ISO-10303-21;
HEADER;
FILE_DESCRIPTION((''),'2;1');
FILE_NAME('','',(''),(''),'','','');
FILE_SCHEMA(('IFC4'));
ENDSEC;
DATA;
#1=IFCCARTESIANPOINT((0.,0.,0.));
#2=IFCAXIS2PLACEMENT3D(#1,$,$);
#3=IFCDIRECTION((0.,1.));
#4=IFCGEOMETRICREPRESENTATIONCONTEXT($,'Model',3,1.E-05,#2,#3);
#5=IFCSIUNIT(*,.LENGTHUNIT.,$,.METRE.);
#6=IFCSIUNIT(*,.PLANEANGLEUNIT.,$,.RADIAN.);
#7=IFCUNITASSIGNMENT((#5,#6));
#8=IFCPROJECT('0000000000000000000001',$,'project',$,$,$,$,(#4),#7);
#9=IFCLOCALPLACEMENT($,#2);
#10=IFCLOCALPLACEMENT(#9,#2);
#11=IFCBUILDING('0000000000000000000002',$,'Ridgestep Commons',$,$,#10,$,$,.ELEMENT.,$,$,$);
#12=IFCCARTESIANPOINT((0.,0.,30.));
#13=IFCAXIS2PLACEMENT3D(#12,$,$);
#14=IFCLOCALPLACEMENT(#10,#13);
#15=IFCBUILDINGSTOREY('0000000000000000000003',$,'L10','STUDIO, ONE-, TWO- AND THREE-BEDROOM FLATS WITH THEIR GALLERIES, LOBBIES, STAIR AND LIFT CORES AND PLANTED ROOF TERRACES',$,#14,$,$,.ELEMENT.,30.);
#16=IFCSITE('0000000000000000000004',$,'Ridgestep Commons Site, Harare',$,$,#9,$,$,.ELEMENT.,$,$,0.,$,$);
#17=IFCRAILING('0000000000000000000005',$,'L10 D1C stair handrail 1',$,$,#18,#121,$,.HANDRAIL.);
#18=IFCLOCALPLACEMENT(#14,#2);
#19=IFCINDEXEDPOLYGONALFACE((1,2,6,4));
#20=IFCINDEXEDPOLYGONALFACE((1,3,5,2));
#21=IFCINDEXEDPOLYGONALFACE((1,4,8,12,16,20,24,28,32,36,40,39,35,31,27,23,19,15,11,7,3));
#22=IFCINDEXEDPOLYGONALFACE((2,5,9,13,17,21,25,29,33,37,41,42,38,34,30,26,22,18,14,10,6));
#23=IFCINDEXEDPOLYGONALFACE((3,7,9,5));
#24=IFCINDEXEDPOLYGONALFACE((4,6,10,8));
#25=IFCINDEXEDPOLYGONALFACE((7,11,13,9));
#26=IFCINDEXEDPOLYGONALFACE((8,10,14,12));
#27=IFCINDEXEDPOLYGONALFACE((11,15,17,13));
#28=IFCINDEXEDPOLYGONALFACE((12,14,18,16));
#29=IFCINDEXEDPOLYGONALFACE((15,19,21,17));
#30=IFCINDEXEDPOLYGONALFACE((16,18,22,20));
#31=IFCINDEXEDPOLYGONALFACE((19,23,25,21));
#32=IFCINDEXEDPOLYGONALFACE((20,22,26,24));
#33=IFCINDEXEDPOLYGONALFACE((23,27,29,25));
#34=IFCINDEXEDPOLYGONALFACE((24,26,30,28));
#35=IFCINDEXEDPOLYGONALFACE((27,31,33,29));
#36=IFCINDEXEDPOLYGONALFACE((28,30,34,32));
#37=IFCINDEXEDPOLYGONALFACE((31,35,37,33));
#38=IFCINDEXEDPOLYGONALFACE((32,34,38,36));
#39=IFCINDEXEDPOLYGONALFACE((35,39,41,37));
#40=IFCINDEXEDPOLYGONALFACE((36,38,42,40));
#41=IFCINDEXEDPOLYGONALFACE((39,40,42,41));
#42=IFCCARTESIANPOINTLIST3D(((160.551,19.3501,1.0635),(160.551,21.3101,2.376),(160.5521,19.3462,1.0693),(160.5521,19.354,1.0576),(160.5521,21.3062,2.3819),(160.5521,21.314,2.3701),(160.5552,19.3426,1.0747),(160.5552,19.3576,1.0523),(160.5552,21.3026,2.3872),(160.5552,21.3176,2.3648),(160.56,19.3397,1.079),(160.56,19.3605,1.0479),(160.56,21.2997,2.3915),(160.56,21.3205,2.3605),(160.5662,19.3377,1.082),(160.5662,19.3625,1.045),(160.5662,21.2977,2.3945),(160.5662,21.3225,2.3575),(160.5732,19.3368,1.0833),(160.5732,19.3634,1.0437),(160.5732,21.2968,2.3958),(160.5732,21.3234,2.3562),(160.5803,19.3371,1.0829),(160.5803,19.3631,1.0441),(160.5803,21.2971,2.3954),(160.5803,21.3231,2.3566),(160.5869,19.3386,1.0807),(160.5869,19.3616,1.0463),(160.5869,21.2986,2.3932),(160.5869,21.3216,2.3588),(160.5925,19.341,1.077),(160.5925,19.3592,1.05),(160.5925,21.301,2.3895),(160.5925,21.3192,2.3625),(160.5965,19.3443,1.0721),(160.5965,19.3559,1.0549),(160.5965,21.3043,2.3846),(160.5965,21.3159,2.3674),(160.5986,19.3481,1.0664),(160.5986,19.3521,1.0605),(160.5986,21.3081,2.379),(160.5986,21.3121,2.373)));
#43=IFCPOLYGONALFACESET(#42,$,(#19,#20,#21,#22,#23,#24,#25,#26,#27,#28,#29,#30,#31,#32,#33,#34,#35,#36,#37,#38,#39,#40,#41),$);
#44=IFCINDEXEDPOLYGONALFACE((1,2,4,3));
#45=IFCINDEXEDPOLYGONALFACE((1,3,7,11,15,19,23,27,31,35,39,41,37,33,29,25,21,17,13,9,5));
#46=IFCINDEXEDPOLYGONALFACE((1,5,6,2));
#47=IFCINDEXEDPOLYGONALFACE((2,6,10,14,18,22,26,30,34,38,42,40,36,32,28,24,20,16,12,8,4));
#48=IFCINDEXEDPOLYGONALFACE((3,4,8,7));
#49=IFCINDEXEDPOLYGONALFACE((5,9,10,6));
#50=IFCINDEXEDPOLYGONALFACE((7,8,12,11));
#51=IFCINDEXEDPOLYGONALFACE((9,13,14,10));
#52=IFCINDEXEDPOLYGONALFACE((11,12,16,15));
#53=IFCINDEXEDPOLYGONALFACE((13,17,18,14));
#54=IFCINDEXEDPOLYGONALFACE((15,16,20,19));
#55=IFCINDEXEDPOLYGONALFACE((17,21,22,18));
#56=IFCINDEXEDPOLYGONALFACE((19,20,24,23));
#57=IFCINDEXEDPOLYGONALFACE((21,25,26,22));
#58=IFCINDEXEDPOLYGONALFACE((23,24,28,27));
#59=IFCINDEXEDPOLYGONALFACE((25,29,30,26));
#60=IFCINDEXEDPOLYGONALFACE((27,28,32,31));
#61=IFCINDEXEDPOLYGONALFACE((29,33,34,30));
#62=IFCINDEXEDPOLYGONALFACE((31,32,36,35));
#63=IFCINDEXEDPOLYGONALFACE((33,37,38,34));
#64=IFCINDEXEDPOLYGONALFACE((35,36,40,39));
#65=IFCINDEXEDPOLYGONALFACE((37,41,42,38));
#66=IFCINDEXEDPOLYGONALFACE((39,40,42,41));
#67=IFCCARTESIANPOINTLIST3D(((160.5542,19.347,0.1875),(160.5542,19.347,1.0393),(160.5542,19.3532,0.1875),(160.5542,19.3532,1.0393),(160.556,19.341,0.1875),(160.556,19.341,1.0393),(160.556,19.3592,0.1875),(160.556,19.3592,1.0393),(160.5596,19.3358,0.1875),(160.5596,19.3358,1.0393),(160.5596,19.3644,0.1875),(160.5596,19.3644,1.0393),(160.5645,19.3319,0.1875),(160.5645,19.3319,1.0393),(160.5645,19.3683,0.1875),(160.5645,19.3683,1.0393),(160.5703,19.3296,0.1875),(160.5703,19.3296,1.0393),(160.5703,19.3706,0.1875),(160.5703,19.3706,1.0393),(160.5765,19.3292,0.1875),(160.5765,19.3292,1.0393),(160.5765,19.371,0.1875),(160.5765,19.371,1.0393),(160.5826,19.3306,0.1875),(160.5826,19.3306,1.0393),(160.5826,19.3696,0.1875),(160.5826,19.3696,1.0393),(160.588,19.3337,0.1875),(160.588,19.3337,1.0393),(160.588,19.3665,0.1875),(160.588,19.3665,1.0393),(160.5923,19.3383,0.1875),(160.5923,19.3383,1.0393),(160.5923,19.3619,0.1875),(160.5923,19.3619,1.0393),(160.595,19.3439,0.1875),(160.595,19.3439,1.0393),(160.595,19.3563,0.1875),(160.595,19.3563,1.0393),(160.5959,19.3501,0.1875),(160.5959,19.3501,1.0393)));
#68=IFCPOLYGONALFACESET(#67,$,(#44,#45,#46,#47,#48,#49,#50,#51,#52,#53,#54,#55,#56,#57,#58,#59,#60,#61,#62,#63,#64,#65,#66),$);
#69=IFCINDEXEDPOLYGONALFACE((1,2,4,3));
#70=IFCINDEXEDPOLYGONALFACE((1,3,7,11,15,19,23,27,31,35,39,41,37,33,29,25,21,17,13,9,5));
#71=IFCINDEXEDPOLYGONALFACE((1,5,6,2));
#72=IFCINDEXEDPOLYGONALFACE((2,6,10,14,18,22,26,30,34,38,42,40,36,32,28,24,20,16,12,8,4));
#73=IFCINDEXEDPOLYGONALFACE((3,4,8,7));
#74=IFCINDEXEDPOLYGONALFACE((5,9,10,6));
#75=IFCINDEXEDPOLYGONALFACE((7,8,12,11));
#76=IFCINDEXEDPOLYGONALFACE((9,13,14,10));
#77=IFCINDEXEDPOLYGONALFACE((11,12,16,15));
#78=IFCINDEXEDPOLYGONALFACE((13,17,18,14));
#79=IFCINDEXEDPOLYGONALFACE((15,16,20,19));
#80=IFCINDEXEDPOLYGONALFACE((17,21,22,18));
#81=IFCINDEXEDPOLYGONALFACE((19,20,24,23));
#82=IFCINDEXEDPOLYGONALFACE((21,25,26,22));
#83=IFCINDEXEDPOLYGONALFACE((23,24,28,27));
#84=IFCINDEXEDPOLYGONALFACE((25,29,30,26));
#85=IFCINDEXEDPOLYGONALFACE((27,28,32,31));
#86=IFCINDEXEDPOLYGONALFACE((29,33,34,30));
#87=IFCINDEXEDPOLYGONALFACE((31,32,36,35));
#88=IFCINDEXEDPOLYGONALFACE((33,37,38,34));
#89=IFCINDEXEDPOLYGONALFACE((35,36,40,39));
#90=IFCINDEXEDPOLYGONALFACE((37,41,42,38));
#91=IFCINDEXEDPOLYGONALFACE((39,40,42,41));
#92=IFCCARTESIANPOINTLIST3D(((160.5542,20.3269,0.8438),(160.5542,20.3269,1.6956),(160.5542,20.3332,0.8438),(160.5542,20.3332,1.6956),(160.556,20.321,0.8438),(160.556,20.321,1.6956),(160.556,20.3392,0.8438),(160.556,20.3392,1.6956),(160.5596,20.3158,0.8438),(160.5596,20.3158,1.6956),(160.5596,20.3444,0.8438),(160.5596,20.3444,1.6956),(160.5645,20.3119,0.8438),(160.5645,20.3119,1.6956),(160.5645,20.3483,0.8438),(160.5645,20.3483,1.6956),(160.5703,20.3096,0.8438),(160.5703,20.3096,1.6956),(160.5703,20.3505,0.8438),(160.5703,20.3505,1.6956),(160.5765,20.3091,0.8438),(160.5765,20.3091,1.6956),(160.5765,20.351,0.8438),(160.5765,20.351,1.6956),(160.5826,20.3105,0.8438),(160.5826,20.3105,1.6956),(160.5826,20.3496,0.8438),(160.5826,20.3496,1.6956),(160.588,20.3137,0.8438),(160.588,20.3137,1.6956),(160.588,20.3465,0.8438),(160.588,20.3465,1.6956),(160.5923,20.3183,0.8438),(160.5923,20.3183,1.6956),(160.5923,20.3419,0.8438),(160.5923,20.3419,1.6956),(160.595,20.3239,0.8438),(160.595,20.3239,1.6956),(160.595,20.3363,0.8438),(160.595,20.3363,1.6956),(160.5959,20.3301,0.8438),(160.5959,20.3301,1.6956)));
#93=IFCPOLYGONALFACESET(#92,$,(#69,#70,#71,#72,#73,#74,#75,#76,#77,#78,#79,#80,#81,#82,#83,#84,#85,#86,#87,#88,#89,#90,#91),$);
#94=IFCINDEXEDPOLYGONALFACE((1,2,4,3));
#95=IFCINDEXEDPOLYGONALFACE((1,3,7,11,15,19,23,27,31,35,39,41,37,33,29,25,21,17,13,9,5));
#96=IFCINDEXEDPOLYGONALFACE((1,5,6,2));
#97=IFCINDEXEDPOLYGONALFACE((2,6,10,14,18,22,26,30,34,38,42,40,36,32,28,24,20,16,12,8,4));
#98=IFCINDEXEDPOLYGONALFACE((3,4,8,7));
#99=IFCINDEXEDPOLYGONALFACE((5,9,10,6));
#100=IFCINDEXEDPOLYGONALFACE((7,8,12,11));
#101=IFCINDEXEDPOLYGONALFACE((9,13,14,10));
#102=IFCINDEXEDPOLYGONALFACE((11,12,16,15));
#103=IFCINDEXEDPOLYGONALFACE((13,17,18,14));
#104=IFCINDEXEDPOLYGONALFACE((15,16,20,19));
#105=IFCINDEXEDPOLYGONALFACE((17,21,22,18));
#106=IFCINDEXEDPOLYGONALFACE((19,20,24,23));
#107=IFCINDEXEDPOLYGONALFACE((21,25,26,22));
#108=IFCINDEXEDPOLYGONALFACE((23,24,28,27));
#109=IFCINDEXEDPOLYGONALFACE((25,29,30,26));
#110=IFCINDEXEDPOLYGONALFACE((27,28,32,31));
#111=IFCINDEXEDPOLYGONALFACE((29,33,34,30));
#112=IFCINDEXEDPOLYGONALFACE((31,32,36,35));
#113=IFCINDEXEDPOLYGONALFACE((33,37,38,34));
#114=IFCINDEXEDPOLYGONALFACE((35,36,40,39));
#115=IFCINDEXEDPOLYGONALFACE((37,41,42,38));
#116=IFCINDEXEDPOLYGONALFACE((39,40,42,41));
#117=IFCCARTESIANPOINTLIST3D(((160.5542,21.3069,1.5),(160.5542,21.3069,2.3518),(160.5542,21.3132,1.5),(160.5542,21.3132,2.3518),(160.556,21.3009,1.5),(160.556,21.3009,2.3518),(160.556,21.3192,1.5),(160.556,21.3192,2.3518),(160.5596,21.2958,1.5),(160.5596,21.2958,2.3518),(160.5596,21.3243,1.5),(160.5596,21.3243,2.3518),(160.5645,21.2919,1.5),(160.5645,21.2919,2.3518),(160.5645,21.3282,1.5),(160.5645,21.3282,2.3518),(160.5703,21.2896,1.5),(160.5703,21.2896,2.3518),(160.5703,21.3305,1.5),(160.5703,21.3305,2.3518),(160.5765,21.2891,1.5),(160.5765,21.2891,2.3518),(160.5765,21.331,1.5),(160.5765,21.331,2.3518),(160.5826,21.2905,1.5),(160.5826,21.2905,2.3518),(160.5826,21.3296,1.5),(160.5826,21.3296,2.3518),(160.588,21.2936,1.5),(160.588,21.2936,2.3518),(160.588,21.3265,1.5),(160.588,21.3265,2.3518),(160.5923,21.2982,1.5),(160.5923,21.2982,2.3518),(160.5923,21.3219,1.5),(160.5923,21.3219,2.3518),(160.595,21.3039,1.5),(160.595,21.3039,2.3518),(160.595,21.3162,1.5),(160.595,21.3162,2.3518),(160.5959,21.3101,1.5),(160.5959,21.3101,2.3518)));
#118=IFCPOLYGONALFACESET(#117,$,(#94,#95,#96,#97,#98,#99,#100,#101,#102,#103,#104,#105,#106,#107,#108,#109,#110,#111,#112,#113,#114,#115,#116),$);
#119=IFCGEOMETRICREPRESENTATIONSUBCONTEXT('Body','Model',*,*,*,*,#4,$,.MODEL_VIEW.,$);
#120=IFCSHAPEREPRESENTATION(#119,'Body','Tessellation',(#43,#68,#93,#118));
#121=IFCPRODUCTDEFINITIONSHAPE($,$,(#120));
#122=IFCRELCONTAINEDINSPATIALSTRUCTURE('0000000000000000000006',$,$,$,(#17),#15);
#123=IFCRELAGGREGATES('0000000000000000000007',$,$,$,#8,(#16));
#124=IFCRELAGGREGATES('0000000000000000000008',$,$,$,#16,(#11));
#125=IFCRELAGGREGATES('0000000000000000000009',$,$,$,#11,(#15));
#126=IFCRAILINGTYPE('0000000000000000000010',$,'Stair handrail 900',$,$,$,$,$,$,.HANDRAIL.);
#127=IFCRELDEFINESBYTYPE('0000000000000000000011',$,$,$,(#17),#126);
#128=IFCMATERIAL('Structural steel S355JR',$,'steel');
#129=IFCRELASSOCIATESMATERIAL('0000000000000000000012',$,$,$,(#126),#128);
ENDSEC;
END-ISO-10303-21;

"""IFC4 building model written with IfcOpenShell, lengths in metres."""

from ifc_helpers import new_model, si_unit, direction, frame, origin, origin_2d, place, context, subcontext, project, spatial, circle, extrude, material, type_object, element, save


model = new_model("IFC4")

# Units and contexts
model_context = context("Model", 3, precision=1e-05, world=origin(), true_north=direction((0.0, 1.0)))
body_context = subcontext(model_context, "Body", "Model", "MODEL_VIEW")
ifc_project = project(units=[si_unit("LENGTHUNIT", "METRE"), si_unit("PLANEANGLEUNIT", "RADIAN")], contexts=[model_context])

# Site, building, storey
site_placement = place(None, origin())
site = spatial("IfcSite", under=ifc_project, at=site_placement, Name="Ridgestep Commons Site, Harare", CompositionType="ELEMENT", RefElevation=0.0)
building_placement = place(site_placement, origin())
building = spatial("IfcBuilding", under=site, at=building_placement, Name="Ridgestep Commons", CompositionType="ELEMENT")
storey_placement = place(building_placement, frame((0.0, 0.0, 30.0)))
storey = spatial("IfcBuildingStorey", under=building, at=storey_placement, Name="L10", Description="STUDIO, ONE-, TWO- AND THREE-BEDROOM FLATS WITH THEIR GALLERIES, LOBBIES, STAIR AND LIFT CORES AND PLANTED ROOF TERRACES", CompositionType="ELEMENT", Elevation=30.0)

# Railing
ifc_material_1 = material(Name="Structural steel S355JR", Category="steel")
railing_type_1 = type_object("IfcRailingType", Name="Stair handrail 900", PredefinedType="HANDRAIL", material=ifc_material_1)
railing_1_placement = place(storey_placement, frame((160.575, 19.3501, 0.1875)))
element("IfcRailing", 1, at=railing_1_placement, inside=storey, type_object=railing_type_1, Name="L10 D1C stair handrail 1", PredefinedType="HANDRAIL", context=body_context, shape_type="SweptSolid", body=[
    extrude(circle(Radius=0.0239, at=origin_2d()), frame((0.0, 0.0, 0.876), z_axis=(0.0, 0.830902, 0.556419), x_axis=(-1.0, 0.0, 0.0)), (0.0, 0.0, 1.0), 2.3589),
    extrude(circle(Radius=0.021, at=origin_2d()), origin(), (0.0, 0.0, 1.0), 0.8518),
    extrude(circle(Radius=0.021, at=origin_2d()), frame((0.0, 0.98, 0.6562)), (0.0, 0.0, 1.0), 0.8518),
    extrude(circle(Radius=0.021, at=origin_2d()), frame((0.0, 1.96, 1.3125)), (0.0, 0.0, 1.0), 0.8518),
])

save(model, "model.ifc")
